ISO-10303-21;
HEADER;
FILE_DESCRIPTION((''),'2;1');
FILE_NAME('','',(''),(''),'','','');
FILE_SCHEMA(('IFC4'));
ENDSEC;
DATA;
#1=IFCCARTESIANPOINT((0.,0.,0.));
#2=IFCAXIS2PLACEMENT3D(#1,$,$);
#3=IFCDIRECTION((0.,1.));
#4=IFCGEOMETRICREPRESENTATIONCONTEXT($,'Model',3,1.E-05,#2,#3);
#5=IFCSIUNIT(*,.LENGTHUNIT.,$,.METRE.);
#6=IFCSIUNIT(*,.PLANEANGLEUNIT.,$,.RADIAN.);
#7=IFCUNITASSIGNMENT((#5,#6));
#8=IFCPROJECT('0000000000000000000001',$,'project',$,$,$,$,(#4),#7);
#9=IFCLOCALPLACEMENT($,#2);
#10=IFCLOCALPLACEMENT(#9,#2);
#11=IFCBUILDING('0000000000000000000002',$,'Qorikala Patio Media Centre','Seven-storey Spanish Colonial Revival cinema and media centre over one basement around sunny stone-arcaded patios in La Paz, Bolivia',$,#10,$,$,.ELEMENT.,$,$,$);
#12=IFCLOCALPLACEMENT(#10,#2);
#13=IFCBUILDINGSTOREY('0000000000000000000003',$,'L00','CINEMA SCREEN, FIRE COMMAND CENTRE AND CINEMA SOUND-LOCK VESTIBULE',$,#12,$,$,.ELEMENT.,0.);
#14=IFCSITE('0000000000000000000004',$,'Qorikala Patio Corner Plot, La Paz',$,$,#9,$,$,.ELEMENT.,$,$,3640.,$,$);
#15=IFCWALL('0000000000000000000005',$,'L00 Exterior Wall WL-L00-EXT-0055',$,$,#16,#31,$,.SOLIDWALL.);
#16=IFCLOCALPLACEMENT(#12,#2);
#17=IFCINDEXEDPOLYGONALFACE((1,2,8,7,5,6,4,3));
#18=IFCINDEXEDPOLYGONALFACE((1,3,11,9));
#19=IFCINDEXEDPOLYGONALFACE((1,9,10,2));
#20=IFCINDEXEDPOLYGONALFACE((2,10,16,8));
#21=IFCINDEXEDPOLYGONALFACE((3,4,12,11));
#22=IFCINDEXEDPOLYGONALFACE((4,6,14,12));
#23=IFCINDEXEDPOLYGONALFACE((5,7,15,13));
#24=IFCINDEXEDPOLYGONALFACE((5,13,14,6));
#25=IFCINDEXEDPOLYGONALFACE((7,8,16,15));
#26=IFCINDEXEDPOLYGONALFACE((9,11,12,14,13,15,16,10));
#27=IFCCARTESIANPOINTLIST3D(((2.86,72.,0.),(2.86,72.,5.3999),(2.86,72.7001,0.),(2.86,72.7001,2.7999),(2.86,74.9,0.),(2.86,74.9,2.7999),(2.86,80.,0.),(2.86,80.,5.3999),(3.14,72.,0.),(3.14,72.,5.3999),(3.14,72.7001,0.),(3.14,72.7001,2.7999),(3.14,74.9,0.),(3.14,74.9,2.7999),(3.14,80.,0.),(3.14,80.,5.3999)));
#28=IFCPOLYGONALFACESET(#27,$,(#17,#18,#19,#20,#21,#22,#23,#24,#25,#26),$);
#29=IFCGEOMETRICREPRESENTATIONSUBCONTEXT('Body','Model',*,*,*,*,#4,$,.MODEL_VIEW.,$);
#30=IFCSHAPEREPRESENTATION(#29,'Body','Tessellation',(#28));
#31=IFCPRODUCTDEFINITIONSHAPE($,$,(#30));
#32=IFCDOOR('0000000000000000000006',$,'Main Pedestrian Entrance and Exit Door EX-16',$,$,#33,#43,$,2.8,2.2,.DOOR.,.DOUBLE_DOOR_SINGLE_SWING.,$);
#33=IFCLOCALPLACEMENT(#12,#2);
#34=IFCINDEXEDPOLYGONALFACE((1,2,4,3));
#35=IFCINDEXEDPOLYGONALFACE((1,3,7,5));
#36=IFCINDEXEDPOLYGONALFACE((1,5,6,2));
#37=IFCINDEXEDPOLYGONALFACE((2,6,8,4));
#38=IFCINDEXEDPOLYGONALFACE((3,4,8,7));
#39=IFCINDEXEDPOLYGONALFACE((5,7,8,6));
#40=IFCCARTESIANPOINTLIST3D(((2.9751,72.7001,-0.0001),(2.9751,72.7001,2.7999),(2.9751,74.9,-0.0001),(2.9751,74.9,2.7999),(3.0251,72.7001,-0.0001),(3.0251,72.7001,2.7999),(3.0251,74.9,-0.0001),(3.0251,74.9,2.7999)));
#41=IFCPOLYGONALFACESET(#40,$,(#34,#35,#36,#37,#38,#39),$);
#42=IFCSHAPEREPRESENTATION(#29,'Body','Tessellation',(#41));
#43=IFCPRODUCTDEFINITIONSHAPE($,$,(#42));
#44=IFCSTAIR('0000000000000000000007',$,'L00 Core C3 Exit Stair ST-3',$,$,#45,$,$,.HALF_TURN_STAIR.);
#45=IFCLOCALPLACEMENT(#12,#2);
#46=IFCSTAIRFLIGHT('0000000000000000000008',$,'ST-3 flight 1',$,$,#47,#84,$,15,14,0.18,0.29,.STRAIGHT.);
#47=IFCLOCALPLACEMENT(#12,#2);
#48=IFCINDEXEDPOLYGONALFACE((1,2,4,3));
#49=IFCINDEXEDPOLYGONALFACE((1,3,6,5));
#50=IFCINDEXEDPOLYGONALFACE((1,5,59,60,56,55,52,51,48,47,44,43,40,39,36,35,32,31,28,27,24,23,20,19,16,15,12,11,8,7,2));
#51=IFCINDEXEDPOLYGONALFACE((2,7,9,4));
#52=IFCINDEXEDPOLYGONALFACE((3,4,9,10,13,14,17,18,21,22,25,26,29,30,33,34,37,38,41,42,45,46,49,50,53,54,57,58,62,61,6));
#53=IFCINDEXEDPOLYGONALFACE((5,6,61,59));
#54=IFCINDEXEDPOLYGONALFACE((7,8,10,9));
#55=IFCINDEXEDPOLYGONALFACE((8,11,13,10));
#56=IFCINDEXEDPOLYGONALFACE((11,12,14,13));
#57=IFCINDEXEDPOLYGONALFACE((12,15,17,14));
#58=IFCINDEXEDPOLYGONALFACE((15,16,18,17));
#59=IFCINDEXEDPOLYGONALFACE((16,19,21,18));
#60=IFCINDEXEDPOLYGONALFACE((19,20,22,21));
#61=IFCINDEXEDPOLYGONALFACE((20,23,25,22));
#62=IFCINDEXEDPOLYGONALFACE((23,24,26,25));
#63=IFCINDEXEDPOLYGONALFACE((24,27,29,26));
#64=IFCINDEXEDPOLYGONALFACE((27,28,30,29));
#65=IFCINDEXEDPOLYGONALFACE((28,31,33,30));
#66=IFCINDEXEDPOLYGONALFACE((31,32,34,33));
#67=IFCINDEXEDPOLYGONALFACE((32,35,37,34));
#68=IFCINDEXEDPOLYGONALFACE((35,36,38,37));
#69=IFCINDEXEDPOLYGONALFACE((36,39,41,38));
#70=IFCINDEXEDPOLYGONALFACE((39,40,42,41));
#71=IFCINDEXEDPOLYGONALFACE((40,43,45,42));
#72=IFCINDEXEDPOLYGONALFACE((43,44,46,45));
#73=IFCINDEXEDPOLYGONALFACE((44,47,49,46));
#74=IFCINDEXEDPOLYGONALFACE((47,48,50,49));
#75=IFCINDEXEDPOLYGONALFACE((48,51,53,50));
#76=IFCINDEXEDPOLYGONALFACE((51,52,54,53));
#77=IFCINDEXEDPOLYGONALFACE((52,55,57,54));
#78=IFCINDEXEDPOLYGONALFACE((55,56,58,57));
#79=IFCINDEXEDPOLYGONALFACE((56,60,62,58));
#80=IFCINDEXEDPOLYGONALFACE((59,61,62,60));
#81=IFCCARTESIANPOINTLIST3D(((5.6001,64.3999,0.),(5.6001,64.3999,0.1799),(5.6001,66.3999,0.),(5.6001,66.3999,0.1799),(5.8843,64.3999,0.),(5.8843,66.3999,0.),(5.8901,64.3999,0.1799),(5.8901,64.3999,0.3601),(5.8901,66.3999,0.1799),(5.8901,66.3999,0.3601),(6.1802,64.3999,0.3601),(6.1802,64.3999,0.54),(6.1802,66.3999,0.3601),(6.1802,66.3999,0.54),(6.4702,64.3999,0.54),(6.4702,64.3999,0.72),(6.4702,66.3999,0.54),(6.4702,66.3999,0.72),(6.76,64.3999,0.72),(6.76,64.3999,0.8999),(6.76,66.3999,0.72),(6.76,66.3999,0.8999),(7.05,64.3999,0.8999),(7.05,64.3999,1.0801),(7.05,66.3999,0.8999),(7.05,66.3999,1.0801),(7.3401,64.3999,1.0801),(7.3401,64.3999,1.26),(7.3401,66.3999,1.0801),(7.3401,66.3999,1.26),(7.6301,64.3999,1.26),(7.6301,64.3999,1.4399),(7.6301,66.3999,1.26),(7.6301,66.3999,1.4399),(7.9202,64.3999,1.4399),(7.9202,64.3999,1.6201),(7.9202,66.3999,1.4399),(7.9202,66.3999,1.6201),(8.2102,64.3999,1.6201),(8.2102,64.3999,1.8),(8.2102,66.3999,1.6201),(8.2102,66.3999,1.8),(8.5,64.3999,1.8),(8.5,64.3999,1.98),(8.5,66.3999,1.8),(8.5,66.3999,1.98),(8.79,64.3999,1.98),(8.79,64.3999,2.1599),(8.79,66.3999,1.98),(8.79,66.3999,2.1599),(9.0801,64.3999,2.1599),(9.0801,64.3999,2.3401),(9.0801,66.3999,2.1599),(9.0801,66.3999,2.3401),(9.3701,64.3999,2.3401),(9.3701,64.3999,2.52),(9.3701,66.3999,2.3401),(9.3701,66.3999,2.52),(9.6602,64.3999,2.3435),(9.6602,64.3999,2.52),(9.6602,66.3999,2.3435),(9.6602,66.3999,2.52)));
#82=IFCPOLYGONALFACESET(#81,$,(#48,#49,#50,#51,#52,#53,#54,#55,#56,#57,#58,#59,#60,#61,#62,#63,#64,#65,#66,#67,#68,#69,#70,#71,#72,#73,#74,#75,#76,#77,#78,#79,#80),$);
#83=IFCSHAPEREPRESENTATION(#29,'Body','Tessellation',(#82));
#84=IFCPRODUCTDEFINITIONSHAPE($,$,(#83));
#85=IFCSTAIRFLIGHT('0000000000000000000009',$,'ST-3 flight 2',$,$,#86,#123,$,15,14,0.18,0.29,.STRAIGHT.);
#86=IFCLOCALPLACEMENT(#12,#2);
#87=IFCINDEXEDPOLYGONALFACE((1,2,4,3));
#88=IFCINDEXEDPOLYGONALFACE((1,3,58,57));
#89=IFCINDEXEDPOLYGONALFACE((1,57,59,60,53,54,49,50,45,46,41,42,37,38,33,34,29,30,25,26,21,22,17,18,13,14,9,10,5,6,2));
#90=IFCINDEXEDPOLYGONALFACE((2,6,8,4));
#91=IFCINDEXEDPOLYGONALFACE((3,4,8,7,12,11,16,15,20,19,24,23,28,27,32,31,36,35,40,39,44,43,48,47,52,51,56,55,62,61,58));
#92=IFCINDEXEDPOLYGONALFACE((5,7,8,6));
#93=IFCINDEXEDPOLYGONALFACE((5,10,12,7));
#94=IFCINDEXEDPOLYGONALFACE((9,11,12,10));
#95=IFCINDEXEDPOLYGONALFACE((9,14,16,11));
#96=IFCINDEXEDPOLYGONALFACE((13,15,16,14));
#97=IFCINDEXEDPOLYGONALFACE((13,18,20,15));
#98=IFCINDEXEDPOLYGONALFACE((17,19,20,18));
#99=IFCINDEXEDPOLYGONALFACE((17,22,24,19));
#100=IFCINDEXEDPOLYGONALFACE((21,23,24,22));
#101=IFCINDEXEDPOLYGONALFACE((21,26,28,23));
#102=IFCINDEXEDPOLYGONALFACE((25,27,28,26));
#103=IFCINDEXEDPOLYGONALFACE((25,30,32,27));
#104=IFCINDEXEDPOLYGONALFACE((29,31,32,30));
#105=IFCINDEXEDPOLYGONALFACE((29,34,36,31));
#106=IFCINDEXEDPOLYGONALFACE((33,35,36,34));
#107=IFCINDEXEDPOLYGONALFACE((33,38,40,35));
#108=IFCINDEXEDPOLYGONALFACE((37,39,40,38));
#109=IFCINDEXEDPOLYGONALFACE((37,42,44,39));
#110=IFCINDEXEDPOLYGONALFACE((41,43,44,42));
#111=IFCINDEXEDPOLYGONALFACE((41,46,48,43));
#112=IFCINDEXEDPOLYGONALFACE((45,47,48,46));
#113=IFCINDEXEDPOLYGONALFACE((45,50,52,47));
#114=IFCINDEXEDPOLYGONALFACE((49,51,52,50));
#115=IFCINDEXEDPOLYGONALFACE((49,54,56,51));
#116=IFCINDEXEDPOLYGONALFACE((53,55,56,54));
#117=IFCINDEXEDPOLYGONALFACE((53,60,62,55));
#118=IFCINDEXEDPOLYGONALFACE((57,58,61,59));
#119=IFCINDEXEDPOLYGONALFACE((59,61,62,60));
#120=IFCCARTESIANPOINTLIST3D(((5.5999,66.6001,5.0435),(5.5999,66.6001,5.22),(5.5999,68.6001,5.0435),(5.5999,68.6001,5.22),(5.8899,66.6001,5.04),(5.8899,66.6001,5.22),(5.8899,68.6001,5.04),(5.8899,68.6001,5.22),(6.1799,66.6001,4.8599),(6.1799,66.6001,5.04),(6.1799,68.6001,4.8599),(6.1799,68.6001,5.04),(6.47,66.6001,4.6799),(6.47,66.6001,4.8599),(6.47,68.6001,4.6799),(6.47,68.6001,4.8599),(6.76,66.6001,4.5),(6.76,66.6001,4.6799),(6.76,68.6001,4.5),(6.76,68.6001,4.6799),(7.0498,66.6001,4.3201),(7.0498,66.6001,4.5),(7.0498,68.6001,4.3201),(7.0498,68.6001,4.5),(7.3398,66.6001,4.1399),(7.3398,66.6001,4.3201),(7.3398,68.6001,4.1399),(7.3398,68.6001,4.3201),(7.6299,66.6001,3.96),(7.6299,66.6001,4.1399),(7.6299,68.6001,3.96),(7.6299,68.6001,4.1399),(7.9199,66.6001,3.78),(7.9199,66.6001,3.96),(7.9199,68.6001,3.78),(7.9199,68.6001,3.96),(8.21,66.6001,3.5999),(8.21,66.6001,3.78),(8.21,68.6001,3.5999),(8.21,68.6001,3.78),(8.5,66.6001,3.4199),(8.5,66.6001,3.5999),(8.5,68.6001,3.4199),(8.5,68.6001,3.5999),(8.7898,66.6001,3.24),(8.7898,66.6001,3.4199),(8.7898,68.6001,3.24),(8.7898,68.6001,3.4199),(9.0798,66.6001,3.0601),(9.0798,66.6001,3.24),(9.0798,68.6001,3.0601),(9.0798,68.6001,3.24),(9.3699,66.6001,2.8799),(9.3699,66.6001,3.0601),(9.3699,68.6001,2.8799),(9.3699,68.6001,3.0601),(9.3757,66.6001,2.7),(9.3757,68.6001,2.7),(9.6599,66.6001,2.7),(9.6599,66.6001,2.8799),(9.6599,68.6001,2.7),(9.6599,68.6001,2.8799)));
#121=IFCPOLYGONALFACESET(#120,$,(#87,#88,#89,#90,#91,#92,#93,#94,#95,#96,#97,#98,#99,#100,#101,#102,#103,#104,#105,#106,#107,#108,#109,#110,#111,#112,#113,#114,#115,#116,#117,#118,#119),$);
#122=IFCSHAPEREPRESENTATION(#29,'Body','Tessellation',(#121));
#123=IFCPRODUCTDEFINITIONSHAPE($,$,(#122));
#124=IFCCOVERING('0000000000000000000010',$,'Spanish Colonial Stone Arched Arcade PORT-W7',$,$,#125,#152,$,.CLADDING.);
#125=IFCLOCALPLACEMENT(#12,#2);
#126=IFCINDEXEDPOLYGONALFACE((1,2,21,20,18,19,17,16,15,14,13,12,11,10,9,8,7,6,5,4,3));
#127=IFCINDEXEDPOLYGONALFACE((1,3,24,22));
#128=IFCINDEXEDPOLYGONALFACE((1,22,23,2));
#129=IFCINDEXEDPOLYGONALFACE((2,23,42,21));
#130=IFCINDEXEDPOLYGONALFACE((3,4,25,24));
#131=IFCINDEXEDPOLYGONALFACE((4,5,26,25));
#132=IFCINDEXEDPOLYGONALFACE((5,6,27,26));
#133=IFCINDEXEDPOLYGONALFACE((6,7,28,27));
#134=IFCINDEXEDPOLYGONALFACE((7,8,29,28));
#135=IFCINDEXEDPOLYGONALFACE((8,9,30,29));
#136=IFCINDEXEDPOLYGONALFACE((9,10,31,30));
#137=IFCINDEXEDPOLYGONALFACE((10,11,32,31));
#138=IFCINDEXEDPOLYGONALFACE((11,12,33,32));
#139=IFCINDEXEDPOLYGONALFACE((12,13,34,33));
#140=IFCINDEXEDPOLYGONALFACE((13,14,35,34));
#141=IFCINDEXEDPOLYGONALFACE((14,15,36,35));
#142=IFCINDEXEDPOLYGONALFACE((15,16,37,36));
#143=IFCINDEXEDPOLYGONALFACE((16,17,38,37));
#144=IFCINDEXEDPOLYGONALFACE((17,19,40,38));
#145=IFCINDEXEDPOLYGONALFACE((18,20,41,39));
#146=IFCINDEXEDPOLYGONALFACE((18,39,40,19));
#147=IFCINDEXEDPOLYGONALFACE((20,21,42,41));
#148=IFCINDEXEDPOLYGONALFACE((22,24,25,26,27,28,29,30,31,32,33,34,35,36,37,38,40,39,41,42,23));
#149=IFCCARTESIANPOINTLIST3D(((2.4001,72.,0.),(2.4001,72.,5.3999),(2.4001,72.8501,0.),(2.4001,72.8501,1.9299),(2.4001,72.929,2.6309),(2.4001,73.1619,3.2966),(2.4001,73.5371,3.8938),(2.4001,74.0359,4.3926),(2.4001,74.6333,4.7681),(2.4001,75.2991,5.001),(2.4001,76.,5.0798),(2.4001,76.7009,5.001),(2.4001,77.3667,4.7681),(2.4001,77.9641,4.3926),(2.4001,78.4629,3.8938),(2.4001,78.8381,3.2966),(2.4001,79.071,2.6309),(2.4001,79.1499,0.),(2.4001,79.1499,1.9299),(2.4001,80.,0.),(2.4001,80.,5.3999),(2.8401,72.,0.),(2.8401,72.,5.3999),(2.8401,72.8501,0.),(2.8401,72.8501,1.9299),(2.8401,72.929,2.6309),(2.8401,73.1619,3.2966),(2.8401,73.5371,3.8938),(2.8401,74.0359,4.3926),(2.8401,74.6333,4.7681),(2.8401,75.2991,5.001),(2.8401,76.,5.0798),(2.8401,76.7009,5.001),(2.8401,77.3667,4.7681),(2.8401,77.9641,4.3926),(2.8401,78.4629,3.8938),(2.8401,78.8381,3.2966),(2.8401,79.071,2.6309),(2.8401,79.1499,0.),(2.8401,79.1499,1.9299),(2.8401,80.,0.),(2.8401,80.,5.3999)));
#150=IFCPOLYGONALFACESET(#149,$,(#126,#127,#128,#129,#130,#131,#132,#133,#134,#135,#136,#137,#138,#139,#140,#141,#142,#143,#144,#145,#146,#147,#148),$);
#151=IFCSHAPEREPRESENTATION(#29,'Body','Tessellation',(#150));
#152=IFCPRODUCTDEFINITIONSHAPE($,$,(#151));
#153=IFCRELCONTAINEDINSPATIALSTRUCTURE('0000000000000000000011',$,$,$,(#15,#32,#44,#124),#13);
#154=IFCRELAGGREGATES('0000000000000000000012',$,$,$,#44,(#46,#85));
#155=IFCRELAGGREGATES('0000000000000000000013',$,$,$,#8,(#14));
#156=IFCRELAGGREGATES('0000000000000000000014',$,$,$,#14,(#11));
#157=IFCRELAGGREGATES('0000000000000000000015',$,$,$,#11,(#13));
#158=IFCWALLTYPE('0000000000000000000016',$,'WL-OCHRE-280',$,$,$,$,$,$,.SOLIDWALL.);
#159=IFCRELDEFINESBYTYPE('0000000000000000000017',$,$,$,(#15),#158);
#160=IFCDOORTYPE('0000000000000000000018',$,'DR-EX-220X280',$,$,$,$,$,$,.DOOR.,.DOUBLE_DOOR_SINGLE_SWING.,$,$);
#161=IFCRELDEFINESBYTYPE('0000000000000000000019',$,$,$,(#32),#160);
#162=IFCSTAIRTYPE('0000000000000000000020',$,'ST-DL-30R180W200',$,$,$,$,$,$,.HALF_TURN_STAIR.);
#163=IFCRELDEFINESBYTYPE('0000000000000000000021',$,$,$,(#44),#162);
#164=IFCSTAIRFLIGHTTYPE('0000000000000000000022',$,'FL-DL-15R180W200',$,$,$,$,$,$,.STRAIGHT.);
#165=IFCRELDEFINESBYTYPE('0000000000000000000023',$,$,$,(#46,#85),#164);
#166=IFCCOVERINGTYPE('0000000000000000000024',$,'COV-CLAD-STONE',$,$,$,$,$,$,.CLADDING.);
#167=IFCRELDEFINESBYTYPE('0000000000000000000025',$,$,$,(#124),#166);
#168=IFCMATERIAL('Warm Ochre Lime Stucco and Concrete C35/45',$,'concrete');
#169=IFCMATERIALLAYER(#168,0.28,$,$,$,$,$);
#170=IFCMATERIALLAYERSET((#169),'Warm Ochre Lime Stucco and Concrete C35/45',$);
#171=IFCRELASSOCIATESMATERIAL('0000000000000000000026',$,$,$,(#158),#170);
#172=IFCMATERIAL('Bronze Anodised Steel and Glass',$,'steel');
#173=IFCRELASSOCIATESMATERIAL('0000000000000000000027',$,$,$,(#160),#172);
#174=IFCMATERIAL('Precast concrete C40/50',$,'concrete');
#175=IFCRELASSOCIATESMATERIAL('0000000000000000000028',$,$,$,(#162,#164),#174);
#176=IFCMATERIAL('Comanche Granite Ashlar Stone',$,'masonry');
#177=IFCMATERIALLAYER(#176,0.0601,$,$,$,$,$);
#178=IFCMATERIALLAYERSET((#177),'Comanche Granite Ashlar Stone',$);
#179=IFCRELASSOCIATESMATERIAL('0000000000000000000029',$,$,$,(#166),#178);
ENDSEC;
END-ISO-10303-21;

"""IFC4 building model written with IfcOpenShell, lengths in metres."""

from ifc_helpers import new_model, si_unit, direction, frame, frame_2d, origin, place, context, subcontext, project, spatial, polyline, rectangle, outline, extrude, material, layer, layer_set, type_object, element, fill, aggregate, save


model = new_model("IFC4")

# Units and contexts
model_context = context("Model", 3, precision=1e-05, world=origin(), true_north=direction((0.0, 1.0)))
body_context = subcontext(model_context, "Body", "Model", "MODEL_VIEW")
ifc_project = project(units=[si_unit("LENGTHUNIT", "METRE"), si_unit("PLANEANGLEUNIT", "RADIAN")], contexts=[model_context])

# Site, building, storey
site_placement = place(None, origin())
site = spatial("IfcSite", under=ifc_project, at=site_placement, Name="Qorikala Patio Corner Plot, La Paz", CompositionType="ELEMENT", RefElevation=3640.0)
building_placement = place(site_placement, origin())
building = spatial("IfcBuilding", under=site, at=building_placement, Name="Qorikala Patio Media Centre", Description="Seven-storey Spanish Colonial Revival cinema and media centre over one basement around sunny stone-arcaded patios in La Paz, Bolivia", CompositionType="ELEMENT")
storey_placement = place(building_placement, origin())
storey = spatial("IfcBuildingStorey", under=building, at=storey_placement, Name="L00", Description="CINEMA SCREEN, FIRE COMMAND CENTRE AND CINEMA SOUND-LOCK VESTIBULE", CompositionType="ELEMENT", Elevation=0.0)

# Wall, opening, door
ifc_material_1 = material(Name="Warm Ochre Lime Stucco and Concrete C35/45", Category="concrete")
ifc_layer_1 = layer(ifc_material_1, 0.28)
ifc_layer_set_1 = layer_set([ifc_layer_1], Name="Warm Ochre Lime Stucco and Concrete C35/45")
wall_type_1 = type_object("IfcWallType", Name="WL-OCHRE-280", PredefinedType="SOLIDWALL", material=ifc_layer_set_1)
wall_1_placement = place(storey_placement, frame((3.0, 72.0, 0.0), z_axis=(0.0, 0.0, 1.0), x_axis=(0.0, 1.0, 0.0)))
wall_1 = element("IfcWall", 1, at=wall_1_placement, inside=storey, type_object=wall_type_1, Name="L00 Exterior Wall WL-L00-EXT-0055", PredefinedType="SOLIDWALL", context=body_context, shape_type="SweptSolid", body=[
    extrude(rectangle(XDim=8.0, YDim=0.28, at=frame_2d((4.0, 0.0))), origin(), (0.0, 0.0, 1.0), 5.3999),
])
opening_1_placement = place(wall_1_placement, frame((0.7, 0.0, 0.0)))
opening_1 = element("IfcOpeningElement", 2, at=opening_1_placement, cuts=wall_1, PredefinedType="OPENING", context=body_context, shape_type="SweptSolid", body=[
    extrude(rectangle(XDim=2.2, YDim=2.8, at=frame_2d((1.1001, 1.3999))), frame((0.0, 0.1499, 0.0), z_axis=(0.0, -1.0, 0.0), x_axis=(1.0, 0.0, 0.0)), (0.0, 0.0, 1.0), 0.3),
])
ifc_material_2 = material(Name="Bronze Anodised Steel and Glass", Category="steel")
door_type_1 = type_object("IfcDoorType", Name="DR-EX-220X280", OperationType="DOUBLE_DOOR_SINGLE_SWING", PredefinedType="DOOR", material=ifc_material_2)
door_1_placement = place(opening_1_placement, origin())
door_1 = element("IfcDoor", 3, at=door_1_placement, inside=storey, type_object=door_type_1, Name="Main Pedestrian Entrance and Exit Door EX-16", OperationType="DOUBLE_DOOR_SINGLE_SWING", OverallHeight=2.8, OverallWidth=2.2, PredefinedType="DOOR", context=body_context, shape_type="SweptSolid", body=[
    extrude(rectangle(XDim=2.2, YDim=2.8, at=frame_2d((1.1001, 1.3999))), frame((0.0, 0.0249, 0.0), z_axis=(0.0, -1.0, 0.0), x_axis=(1.0, 0.0, 0.0)), (0.0, 0.0, 1.0), 0.05),
])
fill(opening_1, door_1)

# Stair, stair flights
ifc_material_3 = material(Name="Precast concrete C40/50", Category="concrete")
stair_type = type_object("IfcStairType", Name="ST-DL-30R180W200", PredefinedType="HALF_TURN_STAIR", material=ifc_material_3)
stair_placement = place(storey_placement, origin())
stair = element("IfcStair", 4, at=stair_placement, inside=storey, type_object=stair_type, Name="L00 Core C3 Exit Stair ST-3", PredefinedType="HALF_TURN_STAIR")
stair_flight_type = type_object("IfcStairFlightType", Name="FL-DL-15R180W200", PredefinedType="STRAIGHT", material=ifc_material_3)
stair_flight_1_placement = place(storey_placement, frame((5.6001, 65.3999, 0.0), z_axis=(0.0, 0.0, 1.0), x_axis=(1.0, 0.0, 0.0)))
stair_flight_1 = element("IfcStairFlight", 5, at=stair_flight_1_placement, type_object=stair_flight_type, Name="ST-3 flight 1", NumberOfRisers=15, NumberOfTreads=14, PredefinedType="STRAIGHT", RiserHeight=0.18, TreadLength=0.29, context=body_context, shape_type="SweptSolid", body=[
    extrude(outline(polyline([(0.0, 0.0), (0.0, 0.1799), (0.29, 0.1799), (0.29, 0.3601), (0.5801, 0.3601), (0.5801, 0.54), (0.8701, 0.54), (0.8701, 0.72), (1.1599, 0.72), (1.1599, 0.8999), (1.45, 0.8999), (1.45, 1.0801), (1.74, 1.0801), (1.74, 1.26), (2.03, 1.26), (2.03, 1.4399), (2.3201, 1.4399), (2.3201, 1.6201), (2.6101, 1.6201), (2.6101, 1.8), (2.8999, 1.8), (2.8999, 1.98), (3.1899, 1.98), (3.1899, 2.1599), (3.48, 2.1599), (3.48, 2.3401), (3.77, 2.3401), (3.77, 2.52), (4.0601, 2.52), (4.0601, 2.7), (4.0601, 2.3435), (0.2842, 0.0), (0.0, 0.0)])), frame((0.0, 1.0, 0.0), z_axis=(0.0, -1.0, 0.0), x_axis=(1.0, 0.0, 0.0)), (0.0, 0.0, 1.0), 2.0),
])
stair_flight_2_placement = place(storey_placement, frame((9.6599, 67.6001, 2.7), z_axis=(0.0, 0.0, 1.0), x_axis=(-1.0, 0.0, 0.0)))
stair_flight_2 = element("IfcStairFlight", 6, at=stair_flight_2_placement, type_object=stair_flight_type, Name="ST-3 flight 2", NumberOfRisers=15, NumberOfTreads=14, PredefinedType="STRAIGHT", RiserHeight=0.18, TreadLength=0.29, context=body_context, shape_type="SweptSolid", body=[
    extrude(outline(polyline([(0.0, 0.0), (0.0, 0.1799), (0.29, 0.1799), (0.29, 0.3601), (0.5801, 0.3601), (0.5801, 0.54), (0.8701, 0.54), (0.8701, 0.72), (1.1599, 0.72), (1.1599, 0.8999), (1.45, 0.8999), (1.45, 1.0801), (1.74, 1.0801), (1.74, 1.26), (2.03, 1.26), (2.03, 1.4399), (2.3201, 1.4399), (2.3201, 1.6201), (2.6101, 1.6201), (2.6101, 1.8), (2.8999, 1.8), (2.8999, 1.98), (3.1899, 1.98), (3.1899, 2.1599), (3.48, 2.1599), (3.48, 2.3401), (3.77, 2.3401), (3.77, 2.52), (4.0601, 2.52), (4.0601, 2.7), (4.0601, 2.3435), (0.2842, 0.0), (0.0, 0.0)])), frame((0.0, 1.0, 0.0), z_axis=(0.0, -1.0, 0.0), x_axis=(1.0, 0.0, 0.0)), (0.0, 0.0, 1.0), 2.0),
])
aggregate(stair, [stair_flight_1, stair_flight_2])

# Covering
ifc_material_4 = material(Name="Comanche Granite Ashlar Stone", Category="masonry")
ifc_layer_2 = layer(ifc_material_4, 0.0601)
ifc_layer_set_2 = layer_set([ifc_layer_2], Name="Comanche Granite Ashlar Stone")
covering_type = type_object("IfcCoveringType", Name="COV-CLAD-STONE", PredefinedType="CLADDING", material=ifc_layer_set_2)
covering_placement = place(storey_placement, frame((2.6201, 72.0, 0.0), z_axis=(0.0, 0.0, 1.0), x_axis=(0.0, 1.0, 0.0)))
element("IfcCovering", 7, at=covering_placement, inside=storey, type_object=covering_type, Name="Spanish Colonial Stone Arched Arcade PORT-W7", PredefinedType="CLADDING", context=body_context, shape_type="SweptSolid", body=[
    extrude(outline(polyline([(0.0, 0.0), (0.8501, 0.0), (0.8501, 1.9299), (0.929, 2.6309), (1.1619, 3.2966), (1.5371, 3.8938), (2.0359, 4.3926), (2.6333, 4.7681), (3.2991, 5.001), (4.0, 5.0798), (4.7009, 5.001), (5.3667, 4.7681), (5.9641, 4.3926), (6.4629, 3.8938), (6.8381, 3.2966), (7.071, 2.6309), (7.1499, 1.9299), (7.1499, 0.0), (8.0, 0.0), (8.0, 5.3999), (0.0, 5.3999), (0.0, 0.0)])), frame((0.0, 0.22, 0.0), z_axis=(0.0, -1.0, 0.0), x_axis=(1.0, 0.0, 0.0)), (0.0, 0.0, 1.0), 0.4399),
])

save(model, "model.ifc")
